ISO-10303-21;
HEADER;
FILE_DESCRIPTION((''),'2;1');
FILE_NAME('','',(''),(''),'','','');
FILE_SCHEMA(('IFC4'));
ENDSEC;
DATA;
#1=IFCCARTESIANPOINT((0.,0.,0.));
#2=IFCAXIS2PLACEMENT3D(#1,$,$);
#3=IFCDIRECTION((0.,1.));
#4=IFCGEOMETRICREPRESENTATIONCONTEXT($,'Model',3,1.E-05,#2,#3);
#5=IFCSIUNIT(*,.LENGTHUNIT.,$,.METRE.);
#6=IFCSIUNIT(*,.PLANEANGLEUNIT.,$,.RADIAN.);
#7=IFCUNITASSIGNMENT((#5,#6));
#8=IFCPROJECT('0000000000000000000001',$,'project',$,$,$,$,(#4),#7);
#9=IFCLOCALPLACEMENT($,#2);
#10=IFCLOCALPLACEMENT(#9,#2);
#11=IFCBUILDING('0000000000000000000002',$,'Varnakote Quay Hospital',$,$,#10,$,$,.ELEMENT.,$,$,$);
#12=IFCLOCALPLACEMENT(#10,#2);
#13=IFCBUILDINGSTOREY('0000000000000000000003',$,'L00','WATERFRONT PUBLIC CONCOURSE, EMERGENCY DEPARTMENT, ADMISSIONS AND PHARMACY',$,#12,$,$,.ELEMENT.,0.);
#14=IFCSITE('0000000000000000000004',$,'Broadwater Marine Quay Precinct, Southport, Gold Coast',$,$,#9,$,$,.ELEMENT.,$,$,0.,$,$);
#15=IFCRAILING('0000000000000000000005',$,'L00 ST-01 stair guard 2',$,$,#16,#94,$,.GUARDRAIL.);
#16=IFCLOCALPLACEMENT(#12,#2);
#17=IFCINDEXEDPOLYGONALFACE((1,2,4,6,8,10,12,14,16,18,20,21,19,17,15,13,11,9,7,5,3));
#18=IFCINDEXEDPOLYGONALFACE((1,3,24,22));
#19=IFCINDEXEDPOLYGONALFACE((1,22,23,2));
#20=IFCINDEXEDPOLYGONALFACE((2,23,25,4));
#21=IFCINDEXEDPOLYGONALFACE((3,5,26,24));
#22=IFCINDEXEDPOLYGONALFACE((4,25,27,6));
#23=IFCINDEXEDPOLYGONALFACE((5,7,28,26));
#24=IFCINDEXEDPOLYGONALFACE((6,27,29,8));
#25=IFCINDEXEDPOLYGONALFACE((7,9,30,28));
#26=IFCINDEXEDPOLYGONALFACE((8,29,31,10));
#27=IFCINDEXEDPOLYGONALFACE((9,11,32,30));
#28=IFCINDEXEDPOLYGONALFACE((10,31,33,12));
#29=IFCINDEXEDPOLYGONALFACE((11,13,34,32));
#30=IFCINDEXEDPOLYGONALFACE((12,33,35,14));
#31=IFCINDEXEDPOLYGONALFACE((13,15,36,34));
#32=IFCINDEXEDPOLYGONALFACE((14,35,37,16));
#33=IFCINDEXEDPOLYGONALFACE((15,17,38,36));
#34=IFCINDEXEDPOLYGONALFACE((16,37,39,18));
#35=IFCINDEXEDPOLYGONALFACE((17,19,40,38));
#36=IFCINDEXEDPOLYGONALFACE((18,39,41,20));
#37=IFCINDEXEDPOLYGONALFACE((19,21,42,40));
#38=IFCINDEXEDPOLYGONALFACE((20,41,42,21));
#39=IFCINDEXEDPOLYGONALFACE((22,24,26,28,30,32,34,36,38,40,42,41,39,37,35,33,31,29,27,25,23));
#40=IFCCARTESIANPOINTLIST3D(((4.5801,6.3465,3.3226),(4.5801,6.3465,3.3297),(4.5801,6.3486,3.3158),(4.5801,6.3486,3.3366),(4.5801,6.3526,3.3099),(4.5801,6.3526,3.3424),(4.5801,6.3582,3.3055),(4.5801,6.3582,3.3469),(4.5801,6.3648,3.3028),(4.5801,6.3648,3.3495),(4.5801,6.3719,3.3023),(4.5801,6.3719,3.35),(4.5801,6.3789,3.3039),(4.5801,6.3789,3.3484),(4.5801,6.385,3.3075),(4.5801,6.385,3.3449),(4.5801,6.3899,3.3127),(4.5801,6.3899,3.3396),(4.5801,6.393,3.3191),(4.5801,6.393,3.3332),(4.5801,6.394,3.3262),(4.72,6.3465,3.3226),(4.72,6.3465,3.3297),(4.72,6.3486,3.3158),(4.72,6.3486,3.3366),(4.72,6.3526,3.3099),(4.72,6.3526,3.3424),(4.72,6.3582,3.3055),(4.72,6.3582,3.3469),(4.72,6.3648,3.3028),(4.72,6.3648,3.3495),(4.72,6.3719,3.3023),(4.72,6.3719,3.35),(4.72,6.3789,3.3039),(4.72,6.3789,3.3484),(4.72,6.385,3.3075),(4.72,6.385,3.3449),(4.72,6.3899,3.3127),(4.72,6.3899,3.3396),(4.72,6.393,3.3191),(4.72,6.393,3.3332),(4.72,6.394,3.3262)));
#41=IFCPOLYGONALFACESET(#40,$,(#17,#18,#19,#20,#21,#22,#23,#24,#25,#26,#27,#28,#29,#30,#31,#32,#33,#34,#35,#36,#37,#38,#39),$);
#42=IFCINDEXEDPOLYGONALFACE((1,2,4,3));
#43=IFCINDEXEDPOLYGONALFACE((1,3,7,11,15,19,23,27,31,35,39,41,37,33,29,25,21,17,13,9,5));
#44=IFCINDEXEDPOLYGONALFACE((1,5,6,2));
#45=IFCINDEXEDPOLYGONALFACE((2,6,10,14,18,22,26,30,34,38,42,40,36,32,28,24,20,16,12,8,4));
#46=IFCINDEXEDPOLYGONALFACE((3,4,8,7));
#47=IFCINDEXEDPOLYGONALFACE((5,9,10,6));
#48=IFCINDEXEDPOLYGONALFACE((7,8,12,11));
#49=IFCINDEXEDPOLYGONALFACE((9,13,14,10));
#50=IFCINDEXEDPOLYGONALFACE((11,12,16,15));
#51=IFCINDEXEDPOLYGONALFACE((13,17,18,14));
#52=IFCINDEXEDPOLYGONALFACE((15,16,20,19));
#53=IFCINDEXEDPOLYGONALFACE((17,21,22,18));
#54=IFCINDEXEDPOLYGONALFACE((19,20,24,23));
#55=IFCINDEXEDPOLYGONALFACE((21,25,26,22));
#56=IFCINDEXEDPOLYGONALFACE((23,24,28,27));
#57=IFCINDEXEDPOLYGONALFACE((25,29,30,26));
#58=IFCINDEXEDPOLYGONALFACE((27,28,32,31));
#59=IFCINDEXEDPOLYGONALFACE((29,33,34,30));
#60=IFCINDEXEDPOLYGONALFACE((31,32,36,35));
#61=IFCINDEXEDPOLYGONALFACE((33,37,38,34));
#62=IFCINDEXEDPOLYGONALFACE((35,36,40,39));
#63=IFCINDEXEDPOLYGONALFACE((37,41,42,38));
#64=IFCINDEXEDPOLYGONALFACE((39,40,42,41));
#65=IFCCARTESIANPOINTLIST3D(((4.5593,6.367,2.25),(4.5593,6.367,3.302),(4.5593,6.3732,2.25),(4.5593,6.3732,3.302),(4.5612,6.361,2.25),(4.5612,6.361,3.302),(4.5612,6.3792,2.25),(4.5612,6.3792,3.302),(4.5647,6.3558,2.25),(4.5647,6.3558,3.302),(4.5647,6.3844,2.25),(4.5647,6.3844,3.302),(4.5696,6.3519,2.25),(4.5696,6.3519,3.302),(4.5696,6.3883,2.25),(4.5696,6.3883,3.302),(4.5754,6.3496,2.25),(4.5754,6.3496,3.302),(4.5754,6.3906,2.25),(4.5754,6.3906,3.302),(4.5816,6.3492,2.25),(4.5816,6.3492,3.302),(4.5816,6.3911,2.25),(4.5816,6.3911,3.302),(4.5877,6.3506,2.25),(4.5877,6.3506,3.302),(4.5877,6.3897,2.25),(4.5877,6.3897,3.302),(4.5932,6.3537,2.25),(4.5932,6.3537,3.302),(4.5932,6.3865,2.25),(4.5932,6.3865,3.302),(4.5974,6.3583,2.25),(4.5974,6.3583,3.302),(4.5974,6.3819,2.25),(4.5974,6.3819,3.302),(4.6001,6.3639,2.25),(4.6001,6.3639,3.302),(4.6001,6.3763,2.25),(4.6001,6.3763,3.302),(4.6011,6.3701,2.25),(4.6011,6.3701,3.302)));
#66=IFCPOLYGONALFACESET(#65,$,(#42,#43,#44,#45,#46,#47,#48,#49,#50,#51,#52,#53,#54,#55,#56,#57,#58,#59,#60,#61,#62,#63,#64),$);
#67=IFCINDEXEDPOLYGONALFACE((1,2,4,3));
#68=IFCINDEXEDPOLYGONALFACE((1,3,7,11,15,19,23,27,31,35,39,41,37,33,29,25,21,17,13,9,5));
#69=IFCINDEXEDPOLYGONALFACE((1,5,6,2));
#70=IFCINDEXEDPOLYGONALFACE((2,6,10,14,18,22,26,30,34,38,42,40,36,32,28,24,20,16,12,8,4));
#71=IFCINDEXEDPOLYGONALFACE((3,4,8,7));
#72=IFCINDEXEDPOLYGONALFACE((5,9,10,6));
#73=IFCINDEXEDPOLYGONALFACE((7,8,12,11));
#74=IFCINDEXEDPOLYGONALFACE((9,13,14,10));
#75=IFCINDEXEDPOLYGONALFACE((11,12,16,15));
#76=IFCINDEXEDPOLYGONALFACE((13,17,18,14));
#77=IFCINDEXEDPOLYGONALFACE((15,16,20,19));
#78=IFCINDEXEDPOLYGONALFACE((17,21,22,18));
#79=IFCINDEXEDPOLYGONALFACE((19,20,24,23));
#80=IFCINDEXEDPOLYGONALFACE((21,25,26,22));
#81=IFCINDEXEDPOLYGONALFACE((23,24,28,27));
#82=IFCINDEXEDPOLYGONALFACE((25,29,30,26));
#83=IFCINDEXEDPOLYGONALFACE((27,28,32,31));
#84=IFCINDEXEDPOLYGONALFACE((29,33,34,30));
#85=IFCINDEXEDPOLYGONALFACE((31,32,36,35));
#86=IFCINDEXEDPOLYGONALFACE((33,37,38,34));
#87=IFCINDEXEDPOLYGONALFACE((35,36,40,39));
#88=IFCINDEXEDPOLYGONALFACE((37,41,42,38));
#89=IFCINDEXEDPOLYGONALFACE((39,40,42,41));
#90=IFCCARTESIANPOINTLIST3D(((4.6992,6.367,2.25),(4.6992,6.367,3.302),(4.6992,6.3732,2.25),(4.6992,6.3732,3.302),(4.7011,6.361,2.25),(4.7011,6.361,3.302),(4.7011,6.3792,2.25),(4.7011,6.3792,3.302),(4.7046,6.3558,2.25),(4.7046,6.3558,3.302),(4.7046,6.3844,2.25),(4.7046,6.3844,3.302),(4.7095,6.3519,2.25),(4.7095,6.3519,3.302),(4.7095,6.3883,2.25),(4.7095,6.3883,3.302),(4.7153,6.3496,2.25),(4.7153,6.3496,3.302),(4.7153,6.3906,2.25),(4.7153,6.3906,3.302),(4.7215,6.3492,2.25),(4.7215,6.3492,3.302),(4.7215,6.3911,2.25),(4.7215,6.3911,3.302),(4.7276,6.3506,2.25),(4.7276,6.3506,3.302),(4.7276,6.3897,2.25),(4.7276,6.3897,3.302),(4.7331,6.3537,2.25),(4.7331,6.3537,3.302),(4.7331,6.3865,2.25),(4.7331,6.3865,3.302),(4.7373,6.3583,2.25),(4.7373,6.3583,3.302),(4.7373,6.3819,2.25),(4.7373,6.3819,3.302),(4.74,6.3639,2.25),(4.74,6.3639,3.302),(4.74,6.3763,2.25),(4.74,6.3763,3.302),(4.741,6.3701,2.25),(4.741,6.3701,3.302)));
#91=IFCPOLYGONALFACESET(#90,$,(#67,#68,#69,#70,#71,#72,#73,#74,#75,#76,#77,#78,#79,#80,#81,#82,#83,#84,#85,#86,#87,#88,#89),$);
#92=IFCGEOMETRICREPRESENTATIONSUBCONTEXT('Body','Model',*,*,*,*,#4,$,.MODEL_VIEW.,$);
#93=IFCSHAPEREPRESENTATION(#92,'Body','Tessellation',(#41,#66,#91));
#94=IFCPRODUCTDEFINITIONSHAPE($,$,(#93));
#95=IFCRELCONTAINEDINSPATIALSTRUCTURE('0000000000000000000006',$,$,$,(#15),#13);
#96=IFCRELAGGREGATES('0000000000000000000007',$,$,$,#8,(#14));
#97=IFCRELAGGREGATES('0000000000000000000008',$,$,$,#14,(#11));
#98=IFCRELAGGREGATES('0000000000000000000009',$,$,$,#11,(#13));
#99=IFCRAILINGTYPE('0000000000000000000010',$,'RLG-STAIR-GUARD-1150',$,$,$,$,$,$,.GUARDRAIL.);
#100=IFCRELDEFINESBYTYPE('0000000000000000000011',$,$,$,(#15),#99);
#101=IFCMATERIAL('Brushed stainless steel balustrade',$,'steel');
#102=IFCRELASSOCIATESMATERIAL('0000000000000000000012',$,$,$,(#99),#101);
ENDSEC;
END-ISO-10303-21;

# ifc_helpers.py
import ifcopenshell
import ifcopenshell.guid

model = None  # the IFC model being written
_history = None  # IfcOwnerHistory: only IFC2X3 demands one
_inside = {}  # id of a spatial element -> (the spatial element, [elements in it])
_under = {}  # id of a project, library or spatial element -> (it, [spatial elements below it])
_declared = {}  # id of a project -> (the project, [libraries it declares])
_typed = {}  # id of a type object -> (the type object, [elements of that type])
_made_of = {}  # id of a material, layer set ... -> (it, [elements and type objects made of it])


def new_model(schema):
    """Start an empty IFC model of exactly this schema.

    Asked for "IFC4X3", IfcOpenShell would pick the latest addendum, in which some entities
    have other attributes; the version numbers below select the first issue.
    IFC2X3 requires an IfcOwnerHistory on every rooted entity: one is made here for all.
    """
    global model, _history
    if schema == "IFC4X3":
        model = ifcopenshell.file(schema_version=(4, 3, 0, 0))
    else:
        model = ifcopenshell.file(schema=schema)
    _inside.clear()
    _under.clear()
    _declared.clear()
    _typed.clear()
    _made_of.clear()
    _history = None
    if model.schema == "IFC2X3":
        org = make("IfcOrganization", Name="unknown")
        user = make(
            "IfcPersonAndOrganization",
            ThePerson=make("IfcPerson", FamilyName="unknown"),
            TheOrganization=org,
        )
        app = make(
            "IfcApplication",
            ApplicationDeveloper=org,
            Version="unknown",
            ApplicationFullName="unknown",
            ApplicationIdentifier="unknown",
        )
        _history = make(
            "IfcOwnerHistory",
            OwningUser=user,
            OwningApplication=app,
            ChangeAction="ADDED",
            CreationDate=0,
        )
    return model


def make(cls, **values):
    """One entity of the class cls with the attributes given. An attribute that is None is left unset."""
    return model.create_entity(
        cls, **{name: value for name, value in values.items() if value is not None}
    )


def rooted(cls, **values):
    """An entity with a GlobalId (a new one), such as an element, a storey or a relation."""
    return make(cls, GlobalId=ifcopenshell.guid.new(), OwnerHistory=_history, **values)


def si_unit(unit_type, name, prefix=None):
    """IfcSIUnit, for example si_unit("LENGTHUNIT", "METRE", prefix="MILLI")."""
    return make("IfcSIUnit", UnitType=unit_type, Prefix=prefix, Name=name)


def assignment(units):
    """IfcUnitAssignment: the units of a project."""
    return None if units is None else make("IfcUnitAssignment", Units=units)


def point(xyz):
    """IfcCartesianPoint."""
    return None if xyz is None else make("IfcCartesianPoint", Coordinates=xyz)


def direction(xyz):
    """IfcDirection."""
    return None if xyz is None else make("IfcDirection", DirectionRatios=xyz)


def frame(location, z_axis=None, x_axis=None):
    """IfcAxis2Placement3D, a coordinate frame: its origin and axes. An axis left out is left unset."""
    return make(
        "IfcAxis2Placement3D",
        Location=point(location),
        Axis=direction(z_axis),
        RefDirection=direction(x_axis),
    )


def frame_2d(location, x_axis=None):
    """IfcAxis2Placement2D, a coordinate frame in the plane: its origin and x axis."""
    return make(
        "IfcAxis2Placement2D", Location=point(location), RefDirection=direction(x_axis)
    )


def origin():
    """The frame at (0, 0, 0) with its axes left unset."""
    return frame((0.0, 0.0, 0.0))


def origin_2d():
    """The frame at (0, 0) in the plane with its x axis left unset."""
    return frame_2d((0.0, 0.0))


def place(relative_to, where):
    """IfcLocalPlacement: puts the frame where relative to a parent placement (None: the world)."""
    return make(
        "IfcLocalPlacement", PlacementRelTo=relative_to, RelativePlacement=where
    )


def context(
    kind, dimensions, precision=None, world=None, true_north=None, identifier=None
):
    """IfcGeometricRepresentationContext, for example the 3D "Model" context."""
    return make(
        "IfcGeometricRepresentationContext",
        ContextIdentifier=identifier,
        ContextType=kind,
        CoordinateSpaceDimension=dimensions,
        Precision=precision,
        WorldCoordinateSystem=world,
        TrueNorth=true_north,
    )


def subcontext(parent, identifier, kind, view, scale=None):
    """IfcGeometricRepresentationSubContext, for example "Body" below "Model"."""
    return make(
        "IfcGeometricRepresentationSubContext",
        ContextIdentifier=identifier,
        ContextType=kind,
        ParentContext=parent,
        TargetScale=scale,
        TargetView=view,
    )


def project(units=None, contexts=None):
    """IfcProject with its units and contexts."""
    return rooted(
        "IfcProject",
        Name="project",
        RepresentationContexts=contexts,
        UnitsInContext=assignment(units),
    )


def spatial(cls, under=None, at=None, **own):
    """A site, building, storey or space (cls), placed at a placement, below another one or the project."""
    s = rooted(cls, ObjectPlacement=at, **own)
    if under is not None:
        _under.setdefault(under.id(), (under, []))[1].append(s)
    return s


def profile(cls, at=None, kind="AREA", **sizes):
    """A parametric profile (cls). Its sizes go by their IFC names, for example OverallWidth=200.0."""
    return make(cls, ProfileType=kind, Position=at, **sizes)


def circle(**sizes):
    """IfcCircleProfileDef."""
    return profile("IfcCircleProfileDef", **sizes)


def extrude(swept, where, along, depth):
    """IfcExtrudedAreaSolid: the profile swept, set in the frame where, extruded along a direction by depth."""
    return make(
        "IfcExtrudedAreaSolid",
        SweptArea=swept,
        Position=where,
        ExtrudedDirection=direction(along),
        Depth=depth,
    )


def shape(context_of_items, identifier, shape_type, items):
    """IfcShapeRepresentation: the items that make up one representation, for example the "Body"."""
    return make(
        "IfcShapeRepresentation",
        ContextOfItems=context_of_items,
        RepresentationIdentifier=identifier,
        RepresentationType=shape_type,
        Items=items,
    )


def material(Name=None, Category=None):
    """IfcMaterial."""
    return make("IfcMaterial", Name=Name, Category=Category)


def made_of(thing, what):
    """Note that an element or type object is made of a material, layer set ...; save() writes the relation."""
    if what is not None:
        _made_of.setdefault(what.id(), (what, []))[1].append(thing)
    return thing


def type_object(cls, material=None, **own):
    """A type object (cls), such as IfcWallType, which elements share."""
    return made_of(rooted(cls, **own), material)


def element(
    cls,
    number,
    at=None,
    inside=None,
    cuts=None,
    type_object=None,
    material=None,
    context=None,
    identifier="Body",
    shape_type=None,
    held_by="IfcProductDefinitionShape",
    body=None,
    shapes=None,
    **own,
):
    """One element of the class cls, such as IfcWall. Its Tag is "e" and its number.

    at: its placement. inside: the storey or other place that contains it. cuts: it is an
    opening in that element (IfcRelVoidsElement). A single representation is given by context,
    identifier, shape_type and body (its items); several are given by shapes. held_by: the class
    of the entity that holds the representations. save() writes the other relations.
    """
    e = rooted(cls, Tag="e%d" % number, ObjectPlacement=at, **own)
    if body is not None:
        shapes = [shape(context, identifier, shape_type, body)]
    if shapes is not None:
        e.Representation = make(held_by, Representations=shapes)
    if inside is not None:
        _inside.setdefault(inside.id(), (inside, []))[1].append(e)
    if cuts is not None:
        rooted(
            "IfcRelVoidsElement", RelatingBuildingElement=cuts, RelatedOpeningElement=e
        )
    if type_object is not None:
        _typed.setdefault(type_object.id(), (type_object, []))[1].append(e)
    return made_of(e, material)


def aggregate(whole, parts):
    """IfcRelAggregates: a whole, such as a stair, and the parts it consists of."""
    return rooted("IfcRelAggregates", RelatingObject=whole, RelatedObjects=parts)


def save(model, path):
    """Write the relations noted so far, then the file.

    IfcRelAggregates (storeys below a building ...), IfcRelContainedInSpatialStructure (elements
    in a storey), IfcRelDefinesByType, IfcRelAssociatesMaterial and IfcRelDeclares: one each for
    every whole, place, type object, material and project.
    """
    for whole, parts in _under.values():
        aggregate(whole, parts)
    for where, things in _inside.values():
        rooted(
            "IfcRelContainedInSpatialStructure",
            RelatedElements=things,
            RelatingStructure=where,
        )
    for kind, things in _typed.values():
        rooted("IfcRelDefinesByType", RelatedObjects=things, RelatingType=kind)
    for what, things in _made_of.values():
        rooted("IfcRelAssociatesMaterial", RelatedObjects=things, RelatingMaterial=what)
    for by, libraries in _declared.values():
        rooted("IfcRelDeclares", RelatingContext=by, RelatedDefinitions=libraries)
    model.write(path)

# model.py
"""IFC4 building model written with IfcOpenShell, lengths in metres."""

from ifc_helpers import new_model, si_unit, direction, frame, origin, origin_2d, place, context, subcontext, project, spatial, circle, extrude, material, type_object, element, save


model = new_model("IFC4")

# Units and contexts
model_context = context("Model", 3, precision=1e-05, world=origin(), true_north=direction((0.0, 1.0)))
body_context = subcontext(model_context, "Body", "Model", "MODEL_VIEW")
ifc_project = project(units=[si_unit("LENGTHUNIT", "METRE"), si_unit("PLANEANGLEUNIT", "RADIAN")], contexts=[model_context])

# Site, building, storey
site_placement = place(None, origin())
site = spatial("IfcSite", under=ifc_project, at=site_placement, Name="Broadwater Marine Quay Precinct, Southport, Gold Coast", CompositionType="ELEMENT", RefElevation=0.0)
building_placement = place(site_placement, origin())
building = spatial("IfcBuilding", under=site, at=building_placement, Name="Varnakote Quay Hospital", CompositionType="ELEMENT")
storey_placement = place(building_placement, origin())
storey = spatial("IfcBuildingStorey", under=building, at=storey_placement, Name="L00", Description="WATERFRONT PUBLIC CONCOURSE, EMERGENCY DEPARTMENT, ADMISSIONS AND PHARMACY", CompositionType="ELEMENT", Elevation=0.0)

# Railing
ifc_material_1 = material(Name="Brushed stainless steel balustrade", Category="steel")
railing_type_1 = type_object("IfcRailingType", Name="RLG-STAIR-GUARD-1150", PredefinedType="GUARDRAIL", material=ifc_material_1)
railing_1_placement = place(storey_placement, frame((4.5801, 6.3701, 2.25)))
element("IfcRailing", 1, at=railing_1_placement, inside=storey, type_object=railing_type_1, Name="L00 ST-01 stair guard 2", PredefinedType="GUARDRAIL", context=body_context, shape_type="SweptSolid", body=[
    extrude(circle(Radius=0.0239, at=origin_2d()), frame((0.0, 0.0, 1.0762), z_axis=(1.0, 0.0, 0.0), x_axis=(0.0, 1.0, 0.0)), (0.0, 0.0, 1.0), 0.1399),
    extrude(circle(Radius=0.021, at=origin_2d()), origin(), (0.0, 0.0, 1.0), 1.052),
    extrude(circle(Radius=0.021, at=origin_2d()), frame((0.1399, 0.0, 0.0)), (0.0, 0.0, 1.0), 1.052),
])

save(model, "model.ifc")
